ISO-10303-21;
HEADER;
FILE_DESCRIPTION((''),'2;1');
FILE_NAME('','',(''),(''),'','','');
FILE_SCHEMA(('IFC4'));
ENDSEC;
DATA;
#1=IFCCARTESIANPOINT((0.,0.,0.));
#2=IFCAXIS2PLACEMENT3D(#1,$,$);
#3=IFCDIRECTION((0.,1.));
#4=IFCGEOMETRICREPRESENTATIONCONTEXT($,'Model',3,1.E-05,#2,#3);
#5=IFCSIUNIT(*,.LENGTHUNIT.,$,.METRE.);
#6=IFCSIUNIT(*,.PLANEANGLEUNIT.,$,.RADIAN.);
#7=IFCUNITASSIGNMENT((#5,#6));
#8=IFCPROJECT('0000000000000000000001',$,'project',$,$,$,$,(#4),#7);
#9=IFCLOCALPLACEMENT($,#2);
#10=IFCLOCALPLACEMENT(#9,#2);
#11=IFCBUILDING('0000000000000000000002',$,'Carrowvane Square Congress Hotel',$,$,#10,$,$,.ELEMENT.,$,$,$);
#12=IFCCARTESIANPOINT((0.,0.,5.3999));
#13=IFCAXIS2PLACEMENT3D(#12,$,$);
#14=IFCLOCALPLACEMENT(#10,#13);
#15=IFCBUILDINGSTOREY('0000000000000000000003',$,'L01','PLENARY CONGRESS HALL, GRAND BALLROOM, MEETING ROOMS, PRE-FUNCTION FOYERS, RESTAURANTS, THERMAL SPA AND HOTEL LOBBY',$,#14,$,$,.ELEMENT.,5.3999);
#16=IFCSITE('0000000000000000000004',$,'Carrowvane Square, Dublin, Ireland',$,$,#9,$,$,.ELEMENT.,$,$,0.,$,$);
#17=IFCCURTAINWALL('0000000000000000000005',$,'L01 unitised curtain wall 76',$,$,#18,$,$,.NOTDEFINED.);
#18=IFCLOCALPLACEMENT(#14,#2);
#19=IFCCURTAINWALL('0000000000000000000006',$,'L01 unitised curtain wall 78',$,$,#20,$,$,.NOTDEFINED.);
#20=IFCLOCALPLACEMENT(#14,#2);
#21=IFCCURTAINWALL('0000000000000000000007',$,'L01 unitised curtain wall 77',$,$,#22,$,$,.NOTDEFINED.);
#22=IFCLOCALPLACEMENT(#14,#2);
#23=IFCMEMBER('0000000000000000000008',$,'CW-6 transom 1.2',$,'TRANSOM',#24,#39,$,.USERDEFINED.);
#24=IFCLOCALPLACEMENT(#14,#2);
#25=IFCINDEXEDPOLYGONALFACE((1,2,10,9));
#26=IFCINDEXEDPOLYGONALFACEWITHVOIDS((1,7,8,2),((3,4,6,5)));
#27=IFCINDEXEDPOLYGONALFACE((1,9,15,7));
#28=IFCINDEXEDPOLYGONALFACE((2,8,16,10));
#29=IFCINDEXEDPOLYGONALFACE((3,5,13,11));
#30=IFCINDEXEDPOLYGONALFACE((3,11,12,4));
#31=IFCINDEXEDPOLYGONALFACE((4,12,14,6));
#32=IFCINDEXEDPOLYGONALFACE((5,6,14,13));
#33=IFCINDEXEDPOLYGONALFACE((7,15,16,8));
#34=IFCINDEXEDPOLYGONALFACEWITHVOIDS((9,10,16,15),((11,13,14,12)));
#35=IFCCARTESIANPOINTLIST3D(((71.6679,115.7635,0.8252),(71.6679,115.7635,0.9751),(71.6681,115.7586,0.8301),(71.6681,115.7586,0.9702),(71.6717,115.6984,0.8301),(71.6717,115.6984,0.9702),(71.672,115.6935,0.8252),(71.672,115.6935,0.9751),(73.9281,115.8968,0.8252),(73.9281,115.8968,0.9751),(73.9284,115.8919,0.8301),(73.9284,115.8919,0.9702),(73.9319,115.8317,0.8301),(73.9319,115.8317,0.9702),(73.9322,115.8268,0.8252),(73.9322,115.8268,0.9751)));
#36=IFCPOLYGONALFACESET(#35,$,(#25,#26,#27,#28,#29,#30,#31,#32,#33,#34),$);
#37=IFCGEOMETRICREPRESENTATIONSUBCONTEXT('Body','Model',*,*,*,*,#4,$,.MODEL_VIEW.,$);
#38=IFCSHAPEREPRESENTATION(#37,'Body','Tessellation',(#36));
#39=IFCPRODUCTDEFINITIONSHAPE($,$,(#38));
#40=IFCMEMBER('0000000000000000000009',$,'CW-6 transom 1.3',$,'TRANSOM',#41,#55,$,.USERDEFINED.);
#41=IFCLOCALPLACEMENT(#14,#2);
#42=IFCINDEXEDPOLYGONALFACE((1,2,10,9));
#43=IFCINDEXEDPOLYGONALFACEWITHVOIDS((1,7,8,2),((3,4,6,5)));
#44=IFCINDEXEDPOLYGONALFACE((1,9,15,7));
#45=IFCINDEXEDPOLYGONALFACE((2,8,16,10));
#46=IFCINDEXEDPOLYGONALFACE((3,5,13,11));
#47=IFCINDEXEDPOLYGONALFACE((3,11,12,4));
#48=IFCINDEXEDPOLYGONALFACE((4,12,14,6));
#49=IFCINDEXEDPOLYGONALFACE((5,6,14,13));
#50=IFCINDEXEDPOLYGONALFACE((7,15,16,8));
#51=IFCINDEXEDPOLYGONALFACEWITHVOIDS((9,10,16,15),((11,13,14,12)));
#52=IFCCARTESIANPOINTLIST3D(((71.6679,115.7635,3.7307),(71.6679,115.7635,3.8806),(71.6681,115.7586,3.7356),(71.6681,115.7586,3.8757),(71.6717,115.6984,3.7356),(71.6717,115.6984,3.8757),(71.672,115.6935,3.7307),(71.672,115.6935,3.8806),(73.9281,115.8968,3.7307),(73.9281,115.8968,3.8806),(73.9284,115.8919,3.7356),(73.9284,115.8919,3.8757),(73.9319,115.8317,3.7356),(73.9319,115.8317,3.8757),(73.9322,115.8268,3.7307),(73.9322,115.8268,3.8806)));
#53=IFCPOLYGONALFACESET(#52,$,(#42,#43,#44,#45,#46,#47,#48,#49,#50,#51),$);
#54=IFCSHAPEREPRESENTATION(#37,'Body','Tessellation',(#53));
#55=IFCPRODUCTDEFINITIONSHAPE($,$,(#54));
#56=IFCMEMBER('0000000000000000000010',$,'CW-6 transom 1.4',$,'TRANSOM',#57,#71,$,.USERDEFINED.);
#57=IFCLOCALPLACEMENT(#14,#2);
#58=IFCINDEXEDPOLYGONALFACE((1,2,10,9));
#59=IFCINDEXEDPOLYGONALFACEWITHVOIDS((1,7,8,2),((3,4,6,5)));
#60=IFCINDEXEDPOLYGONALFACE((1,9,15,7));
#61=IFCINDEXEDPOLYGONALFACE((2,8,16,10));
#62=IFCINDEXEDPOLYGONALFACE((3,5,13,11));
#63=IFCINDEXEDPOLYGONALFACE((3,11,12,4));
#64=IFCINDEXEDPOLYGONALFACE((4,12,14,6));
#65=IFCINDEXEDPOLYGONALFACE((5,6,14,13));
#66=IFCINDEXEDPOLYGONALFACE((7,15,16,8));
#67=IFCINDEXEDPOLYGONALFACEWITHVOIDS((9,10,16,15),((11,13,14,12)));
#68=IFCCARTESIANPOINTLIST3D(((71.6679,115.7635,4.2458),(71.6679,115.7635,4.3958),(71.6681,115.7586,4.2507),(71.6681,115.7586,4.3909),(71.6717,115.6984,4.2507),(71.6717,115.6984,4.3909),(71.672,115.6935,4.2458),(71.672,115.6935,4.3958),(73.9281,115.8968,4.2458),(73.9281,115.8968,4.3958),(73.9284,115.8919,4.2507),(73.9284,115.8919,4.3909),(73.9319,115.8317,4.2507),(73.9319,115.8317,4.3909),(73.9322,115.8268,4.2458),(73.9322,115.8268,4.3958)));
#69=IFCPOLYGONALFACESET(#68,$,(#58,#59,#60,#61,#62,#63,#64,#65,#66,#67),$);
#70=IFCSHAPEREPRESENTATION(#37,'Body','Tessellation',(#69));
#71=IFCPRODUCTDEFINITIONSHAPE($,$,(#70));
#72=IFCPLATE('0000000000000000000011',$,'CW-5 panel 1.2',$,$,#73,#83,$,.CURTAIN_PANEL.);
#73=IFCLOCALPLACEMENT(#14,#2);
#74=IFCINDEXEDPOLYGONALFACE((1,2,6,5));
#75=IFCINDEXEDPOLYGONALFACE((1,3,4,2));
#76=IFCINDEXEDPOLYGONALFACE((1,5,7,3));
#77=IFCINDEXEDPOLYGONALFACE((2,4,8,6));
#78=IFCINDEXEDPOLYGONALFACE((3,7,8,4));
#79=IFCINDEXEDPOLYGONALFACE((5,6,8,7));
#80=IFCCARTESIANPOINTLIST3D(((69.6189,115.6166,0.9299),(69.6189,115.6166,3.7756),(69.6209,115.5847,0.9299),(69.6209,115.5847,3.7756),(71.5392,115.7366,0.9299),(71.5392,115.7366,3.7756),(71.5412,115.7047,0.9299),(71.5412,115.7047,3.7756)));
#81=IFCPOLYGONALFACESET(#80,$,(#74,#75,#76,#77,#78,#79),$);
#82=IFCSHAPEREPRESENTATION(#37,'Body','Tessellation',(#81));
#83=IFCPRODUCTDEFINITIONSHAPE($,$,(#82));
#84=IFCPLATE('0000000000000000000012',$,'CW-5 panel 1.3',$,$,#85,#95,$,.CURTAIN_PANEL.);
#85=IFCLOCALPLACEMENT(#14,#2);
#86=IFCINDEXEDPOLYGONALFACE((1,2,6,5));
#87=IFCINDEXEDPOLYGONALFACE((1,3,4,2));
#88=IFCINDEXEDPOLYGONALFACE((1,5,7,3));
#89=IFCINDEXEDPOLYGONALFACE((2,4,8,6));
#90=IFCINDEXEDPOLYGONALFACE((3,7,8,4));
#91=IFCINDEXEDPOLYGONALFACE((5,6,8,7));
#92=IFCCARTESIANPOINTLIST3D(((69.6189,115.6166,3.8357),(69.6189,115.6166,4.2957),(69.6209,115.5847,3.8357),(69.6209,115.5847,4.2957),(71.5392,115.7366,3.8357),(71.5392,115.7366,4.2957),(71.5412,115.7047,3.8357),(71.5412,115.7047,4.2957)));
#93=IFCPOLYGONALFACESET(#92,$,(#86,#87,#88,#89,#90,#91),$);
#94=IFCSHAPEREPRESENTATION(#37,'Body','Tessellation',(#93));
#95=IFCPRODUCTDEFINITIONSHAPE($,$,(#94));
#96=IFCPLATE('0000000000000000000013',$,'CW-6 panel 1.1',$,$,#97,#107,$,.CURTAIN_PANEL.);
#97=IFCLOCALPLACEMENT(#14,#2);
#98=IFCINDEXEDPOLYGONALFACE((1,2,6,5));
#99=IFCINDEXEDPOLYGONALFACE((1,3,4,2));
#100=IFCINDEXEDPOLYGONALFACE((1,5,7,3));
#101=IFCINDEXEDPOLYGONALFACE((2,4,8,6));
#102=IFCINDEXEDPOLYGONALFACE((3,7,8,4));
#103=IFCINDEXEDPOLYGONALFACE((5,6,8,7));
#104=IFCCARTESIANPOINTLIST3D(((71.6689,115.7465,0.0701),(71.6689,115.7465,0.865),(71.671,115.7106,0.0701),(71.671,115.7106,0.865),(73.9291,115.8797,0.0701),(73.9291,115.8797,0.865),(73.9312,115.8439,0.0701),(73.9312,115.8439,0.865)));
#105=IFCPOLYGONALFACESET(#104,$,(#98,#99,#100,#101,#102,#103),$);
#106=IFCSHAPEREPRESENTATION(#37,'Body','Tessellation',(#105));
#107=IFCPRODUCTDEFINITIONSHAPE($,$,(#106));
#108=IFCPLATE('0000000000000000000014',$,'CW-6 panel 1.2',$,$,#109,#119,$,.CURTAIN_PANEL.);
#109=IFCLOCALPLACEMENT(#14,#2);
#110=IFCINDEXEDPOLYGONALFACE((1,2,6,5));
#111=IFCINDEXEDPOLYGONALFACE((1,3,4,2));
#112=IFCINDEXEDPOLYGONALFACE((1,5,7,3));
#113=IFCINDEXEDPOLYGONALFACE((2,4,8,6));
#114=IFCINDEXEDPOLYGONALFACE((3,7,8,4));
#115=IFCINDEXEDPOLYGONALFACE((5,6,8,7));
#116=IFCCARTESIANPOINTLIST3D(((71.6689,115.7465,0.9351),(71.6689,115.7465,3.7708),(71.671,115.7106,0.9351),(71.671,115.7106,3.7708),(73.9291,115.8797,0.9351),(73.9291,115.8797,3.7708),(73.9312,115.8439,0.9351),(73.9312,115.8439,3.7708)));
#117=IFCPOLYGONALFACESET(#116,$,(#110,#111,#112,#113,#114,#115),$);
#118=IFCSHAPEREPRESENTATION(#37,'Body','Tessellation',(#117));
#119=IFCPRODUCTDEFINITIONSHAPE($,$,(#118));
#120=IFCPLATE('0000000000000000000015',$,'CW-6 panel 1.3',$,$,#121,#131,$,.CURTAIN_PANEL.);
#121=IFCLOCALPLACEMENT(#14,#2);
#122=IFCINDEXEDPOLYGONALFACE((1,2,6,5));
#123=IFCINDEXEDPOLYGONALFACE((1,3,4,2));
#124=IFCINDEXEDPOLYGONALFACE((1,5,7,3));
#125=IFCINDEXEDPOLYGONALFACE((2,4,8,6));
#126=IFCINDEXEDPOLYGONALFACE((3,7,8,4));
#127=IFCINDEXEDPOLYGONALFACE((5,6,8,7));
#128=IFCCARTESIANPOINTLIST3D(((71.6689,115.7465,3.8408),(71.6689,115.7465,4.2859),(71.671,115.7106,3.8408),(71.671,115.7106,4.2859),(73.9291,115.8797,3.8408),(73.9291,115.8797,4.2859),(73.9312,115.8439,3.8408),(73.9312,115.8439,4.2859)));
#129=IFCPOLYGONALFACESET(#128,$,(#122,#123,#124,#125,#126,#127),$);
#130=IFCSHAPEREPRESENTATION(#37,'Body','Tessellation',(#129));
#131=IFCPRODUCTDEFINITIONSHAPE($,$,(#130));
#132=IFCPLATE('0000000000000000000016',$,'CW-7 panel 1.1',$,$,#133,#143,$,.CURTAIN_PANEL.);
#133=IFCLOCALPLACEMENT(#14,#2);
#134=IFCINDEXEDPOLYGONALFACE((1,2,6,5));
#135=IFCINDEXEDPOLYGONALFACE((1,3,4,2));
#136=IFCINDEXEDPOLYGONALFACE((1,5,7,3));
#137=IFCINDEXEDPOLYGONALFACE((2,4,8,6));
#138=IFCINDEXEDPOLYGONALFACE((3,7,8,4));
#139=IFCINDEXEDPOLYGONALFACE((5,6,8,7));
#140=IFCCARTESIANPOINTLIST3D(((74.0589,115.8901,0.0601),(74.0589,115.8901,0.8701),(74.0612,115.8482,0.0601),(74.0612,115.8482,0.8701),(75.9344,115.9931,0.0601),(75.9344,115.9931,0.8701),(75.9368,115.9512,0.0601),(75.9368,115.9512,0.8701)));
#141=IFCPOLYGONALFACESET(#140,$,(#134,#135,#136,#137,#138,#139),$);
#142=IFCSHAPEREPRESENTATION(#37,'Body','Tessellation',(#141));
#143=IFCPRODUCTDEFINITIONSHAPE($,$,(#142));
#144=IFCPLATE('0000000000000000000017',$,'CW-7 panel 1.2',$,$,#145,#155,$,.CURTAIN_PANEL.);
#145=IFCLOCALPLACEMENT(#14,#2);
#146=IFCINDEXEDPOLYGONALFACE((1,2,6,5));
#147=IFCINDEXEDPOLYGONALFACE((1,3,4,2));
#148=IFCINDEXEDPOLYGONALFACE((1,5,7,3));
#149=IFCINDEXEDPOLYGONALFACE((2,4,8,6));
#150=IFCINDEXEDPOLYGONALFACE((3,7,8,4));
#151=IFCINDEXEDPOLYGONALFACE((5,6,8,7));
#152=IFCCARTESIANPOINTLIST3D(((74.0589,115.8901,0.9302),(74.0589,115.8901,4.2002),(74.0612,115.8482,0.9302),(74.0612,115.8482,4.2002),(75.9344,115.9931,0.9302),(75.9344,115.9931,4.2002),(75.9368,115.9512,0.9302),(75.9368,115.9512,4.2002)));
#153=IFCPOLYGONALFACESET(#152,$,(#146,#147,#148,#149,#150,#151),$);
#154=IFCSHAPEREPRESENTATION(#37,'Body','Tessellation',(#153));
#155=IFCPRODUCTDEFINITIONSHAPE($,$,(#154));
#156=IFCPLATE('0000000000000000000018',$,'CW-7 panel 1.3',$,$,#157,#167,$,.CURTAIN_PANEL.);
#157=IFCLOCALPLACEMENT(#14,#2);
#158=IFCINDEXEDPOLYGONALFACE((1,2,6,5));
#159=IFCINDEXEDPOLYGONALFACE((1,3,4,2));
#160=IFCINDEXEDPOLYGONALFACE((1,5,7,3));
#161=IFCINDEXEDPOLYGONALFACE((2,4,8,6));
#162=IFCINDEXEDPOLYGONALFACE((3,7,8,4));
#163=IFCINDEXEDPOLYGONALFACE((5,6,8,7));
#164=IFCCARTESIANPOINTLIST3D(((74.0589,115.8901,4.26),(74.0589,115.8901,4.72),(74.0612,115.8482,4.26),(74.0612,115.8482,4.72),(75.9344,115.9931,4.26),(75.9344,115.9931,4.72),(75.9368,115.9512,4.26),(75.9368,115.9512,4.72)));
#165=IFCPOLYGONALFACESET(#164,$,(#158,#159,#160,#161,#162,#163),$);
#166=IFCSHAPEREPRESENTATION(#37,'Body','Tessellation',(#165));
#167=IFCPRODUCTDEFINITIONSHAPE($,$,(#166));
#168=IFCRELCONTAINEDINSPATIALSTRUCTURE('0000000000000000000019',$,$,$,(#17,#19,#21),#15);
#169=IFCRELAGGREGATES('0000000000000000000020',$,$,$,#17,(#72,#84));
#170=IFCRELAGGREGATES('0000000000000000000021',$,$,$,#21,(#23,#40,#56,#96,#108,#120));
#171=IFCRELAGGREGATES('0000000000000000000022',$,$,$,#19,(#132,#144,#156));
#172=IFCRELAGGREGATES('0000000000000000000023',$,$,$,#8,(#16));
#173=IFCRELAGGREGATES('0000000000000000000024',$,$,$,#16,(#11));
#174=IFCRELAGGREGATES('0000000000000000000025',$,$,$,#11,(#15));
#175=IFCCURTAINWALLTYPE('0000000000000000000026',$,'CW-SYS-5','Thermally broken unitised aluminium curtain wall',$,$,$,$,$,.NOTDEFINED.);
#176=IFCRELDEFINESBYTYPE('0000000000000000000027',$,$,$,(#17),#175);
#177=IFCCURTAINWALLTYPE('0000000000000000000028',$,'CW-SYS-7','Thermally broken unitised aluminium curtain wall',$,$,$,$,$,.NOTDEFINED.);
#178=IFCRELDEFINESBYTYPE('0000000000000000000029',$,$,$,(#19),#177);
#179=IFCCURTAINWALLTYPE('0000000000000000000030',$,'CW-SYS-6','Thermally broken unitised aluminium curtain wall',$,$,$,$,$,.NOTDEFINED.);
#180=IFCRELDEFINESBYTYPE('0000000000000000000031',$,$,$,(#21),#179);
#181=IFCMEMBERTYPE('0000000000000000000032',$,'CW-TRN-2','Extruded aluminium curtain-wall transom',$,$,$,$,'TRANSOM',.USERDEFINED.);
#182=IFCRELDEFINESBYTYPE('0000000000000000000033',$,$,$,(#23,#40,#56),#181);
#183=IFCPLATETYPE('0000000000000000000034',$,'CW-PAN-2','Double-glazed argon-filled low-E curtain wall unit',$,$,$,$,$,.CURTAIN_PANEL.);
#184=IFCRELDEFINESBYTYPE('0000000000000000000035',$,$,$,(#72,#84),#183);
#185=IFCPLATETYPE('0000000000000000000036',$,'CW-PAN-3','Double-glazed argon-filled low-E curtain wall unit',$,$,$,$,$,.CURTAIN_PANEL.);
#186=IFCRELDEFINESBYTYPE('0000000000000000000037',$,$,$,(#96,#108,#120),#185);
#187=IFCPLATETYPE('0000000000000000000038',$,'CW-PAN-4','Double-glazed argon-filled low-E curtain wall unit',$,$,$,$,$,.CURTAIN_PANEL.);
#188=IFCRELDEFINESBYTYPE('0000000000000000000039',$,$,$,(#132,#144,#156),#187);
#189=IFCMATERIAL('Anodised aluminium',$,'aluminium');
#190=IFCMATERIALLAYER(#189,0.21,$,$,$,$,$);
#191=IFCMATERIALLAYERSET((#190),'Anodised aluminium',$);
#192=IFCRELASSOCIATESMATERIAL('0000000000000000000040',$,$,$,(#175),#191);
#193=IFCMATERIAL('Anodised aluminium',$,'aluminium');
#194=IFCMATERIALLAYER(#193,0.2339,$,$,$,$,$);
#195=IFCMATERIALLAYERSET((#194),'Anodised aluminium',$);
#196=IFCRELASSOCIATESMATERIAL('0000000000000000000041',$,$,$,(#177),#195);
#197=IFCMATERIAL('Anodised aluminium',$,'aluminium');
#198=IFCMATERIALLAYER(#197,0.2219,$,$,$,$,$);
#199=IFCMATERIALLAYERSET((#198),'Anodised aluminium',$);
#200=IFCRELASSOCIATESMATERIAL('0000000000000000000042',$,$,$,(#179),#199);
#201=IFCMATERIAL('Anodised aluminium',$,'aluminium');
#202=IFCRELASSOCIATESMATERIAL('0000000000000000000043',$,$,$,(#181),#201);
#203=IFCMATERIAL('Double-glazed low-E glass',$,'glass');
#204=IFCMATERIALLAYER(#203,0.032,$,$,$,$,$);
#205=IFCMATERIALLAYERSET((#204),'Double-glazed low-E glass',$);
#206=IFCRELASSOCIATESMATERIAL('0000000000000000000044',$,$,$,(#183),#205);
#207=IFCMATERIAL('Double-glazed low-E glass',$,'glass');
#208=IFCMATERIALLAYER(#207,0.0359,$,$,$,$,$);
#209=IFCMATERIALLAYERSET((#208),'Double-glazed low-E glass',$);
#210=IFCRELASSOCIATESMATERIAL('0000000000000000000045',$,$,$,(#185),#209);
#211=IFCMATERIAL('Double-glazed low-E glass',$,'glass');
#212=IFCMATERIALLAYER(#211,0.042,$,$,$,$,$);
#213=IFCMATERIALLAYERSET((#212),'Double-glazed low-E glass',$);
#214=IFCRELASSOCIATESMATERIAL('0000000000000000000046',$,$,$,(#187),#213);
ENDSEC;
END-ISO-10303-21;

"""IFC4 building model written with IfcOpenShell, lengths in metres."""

from ifc_helpers import new_model, si_unit, direction, frame, origin, origin_2d, place, context, subcontext, project, spatial, rectangle, hollow_rectangle, extrude, material, layer, layer_set, material_profile, profile_set, type_object, element, aggregate, save


model = new_model("IFC4")

# Units and contexts
model_context = context("Model", 3, precision=1e-05, world=origin(), true_north=direction((0.0, 1.0)))
body_context = subcontext(model_context, "Body", "Model", "MODEL_VIEW")
ifc_project = project(units=[si_unit("LENGTHUNIT", "METRE"), si_unit("PLANEANGLEUNIT", "RADIAN")], contexts=[model_context])

# Site, building, storey
site_placement = place(None, origin())
site = spatial("IfcSite", under=ifc_project, at=site_placement, Name="Carrowvane Square, Dublin, Ireland", CompositionType="ELEMENT", RefElevation=0.0)
building_placement = place(site_placement, origin())
building = spatial("IfcBuilding", under=site, at=building_placement, Name="Carrowvane Square Congress Hotel", CompositionType="ELEMENT")
storey_placement = place(building_placement, frame((0.0, 0.0, 5.3999)))
storey = spatial("IfcBuildingStorey", under=building, at=storey_placement, Name="L01", Description="PLENARY CONGRESS HALL, GRAND BALLROOM, MEETING ROOMS, PRE-FUNCTION FOYERS, RESTAURANTS, THERMAL SPA AND HOTEL LOBBY", CompositionType="ELEMENT", Elevation=5.3999)

# Curtain wall
ifc_material_1 = material(Name="Anodised aluminium", Category="aluminium")
ifc_layer_1 = layer(ifc_material_1, 0.21)
ifc_layer_set_1 = layer_set([ifc_layer_1], Name="Anodised aluminium")
curtain_wall_type_1 = type_object("IfcCurtainWallType", Name="CW-SYS-5", Description="Thermally broken unitised aluminium curtain wall", PredefinedType="NOTDEFINED", material=ifc_layer_set_1)
curtain_wall_1_placement = place(storey_placement, origin())
curtain_wall_1 = element("IfcCurtainWall", 1, at=curtain_wall_1_placement, inside=storey, type_object=curtain_wall_type_1, Name="L01 unitised curtain wall 76", PredefinedType="NOTDEFINED")

# Curtain walls
ifc_material_2 = material(Name="Anodised aluminium", Category="aluminium")
ifc_layer_2 = layer(ifc_material_2, 0.2339)
ifc_layer_set_2 = layer_set([ifc_layer_2], Name="Anodised aluminium")
curtain_wall_type_2 = type_object("IfcCurtainWallType", Name="CW-SYS-7", Description="Thermally broken unitised aluminium curtain wall", PredefinedType="NOTDEFINED", material=ifc_layer_set_2)
curtain_wall_2_placement = place(storey_placement, origin())
curtain_wall_2 = element("IfcCurtainWall", 2, at=curtain_wall_2_placement, inside=storey, type_object=curtain_wall_type_2, Name="L01 unitised curtain wall 78", PredefinedType="NOTDEFINED")
ifc_material_3 = material(Name="Anodised aluminium", Category="aluminium")
ifc_layer_3 = layer(ifc_material_3, 0.2219)
ifc_layer_set_3 = layer_set([ifc_layer_3], Name="Anodised aluminium")
curtain_wall_type_3 = type_object("IfcCurtainWallType", Name="CW-SYS-6", Description="Thermally broken unitised aluminium curtain wall", PredefinedType="NOTDEFINED", material=ifc_layer_set_3)
curtain_wall_3_placement = place(storey_placement, origin())
curtain_wall_3 = element("IfcCurtainWall", 3, at=curtain_wall_3_placement, inside=storey, type_object=curtain_wall_type_3, Name="L01 unitised curtain wall 77", PredefinedType="NOTDEFINED")

# Members
ifc_material_4 = material(Name="Anodised aluminium", Category="aluminium")
ifc_material_profile_1 = material_profile(ifc_material_4, hollow_rectangle(XDim=0.0701, YDim=0.1499, WallThickness=0.0049, at=origin_2d()), Name="CW-TR 70x150x5")
ifc_profile_set_1 = profile_set([ifc_material_profile_1], Name="Anodised aluminium")
member_type_1 = type_object("IfcMemberType", Name="CW-TRN-2", Description="Extruded aluminium curtain-wall transom", ElementType="TRANSOM", PredefinedType="USERDEFINED", material=ifc_profile_set_1)
member_1_placement = place(storey_placement, frame((71.6699, 115.7285, 0.9001), z_axis=(0.998265, 0.058874, 0.0), x_axis=(-0.058874, 0.998265, 0.0)))
member_1 = element("IfcMember", 4, at=member_1_placement, type_object=member_type_1, Name="CW-6 transom 1.2", ObjectType="TRANSOM", PredefinedType="USERDEFINED", context=body_context, shape_type="SweptSolid", body=[
    extrude(hollow_rectangle(XDim=0.0701, YDim=0.1499, WallThickness=0.0049, at=origin_2d()), origin(), (0.0, 0.0, 1.0), 2.2642),
])
member_2_placement = place(storey_placement, frame((71.6699, 115.7285, 3.8057), z_axis=(0.998265, 0.058874, 0.0), x_axis=(-0.058874, 0.998265, 0.0)))
member_2 = element("IfcMember", 5, at=member_2_placement, type_object=member_type_1, Name="CW-6 transom 1.3", ObjectType="TRANSOM", PredefinedType="USERDEFINED", context=body_context, shape_type="SweptSolid", body=[
    extrude(hollow_rectangle(XDim=0.0701, YDim=0.1499, WallThickness=0.0049, at=origin_2d()), origin(), (0.0, 0.0, 1.0), 2.2642),
])
member_3_placement = place(storey_placement, frame((71.6699, 115.7285, 4.3208), z_axis=(0.998265, 0.058874, 0.0), x_axis=(-0.058874, 0.998265, 0.0)))
member_3 = element("IfcMember", 6, at=member_3_placement, type_object=member_type_1, Name="CW-6 transom 1.4", ObjectType="TRANSOM", PredefinedType="USERDEFINED", context=body_context, shape_type="SweptSolid", body=[
    extrude(hollow_rectangle(XDim=0.0701, YDim=0.1499, WallThickness=0.0049, at=origin_2d()), origin(), (0.0, 0.0, 1.0), 2.2642),
])

# Plates
ifc_material_5 = material(Name="Double-glazed low-E glass", Category="glass")
ifc_layer_4 = layer(ifc_material_5, 0.032)
ifc_layer_set_4 = layer_set([ifc_layer_4], Name="Double-glazed low-E glass")
plate_type_1 = type_object("IfcPlateType", Name="CW-PAN-2", Description="Double-glazed argon-filled low-E curtain wall unit", PredefinedType="CURTAIN_PANEL", material=ifc_layer_set_4)
plate_1_placement = place(storey_placement, frame((70.5801, 115.6606, 0.9299), z_axis=(0.0, 0.0, 1.0), x_axis=(0.998051, 0.062397, 0.0)))
plate_1 = element("IfcPlate", 7, at=plate_1_placement, type_object=plate_type_1, Name="CW-5 panel 1.2", PredefinedType="CURTAIN_PANEL", context=body_context, shape_type="SweptSolid", body=[
    extrude(rectangle(XDim=1.9241, YDim=0.032, at=origin_2d()), origin(), (0.0, 0.0, 1.0), 2.8457),
])
plate_2_placement = place(storey_placement, frame((70.5801, 115.6606, 3.8357), z_axis=(0.0, 0.0, 1.0), x_axis=(0.998051, 0.062397, 0.0)))
plate_2 = element("IfcPlate", 8, at=plate_2_placement, type_object=plate_type_1, Name="CW-5 panel 1.3", PredefinedType="CURTAIN_PANEL", context=body_context, shape_type="SweptSolid", body=[
    extrude(rectangle(XDim=1.9241, YDim=0.032, at=origin_2d()), origin(), (0.0, 0.0, 1.0), 0.46),
])
aggregate(curtain_wall_1, [plate_1, plate_2])
ifc_material_6 = material(Name="Double-glazed low-E glass", Category="glass")
ifc_layer_5 = layer(ifc_material_6, 0.0359)
ifc_layer_set_5 = layer_set([ifc_layer_5], Name="Double-glazed low-E glass")
plate_type_2 = type_object("IfcPlateType", Name="CW-PAN-3", Description="Double-glazed argon-filled low-E curtain wall unit", PredefinedType="CURTAIN_PANEL", material=ifc_layer_set_5)
plate_3_placement = place(storey_placement, frame((72.8, 115.7952, 0.0701), z_axis=(0.0, 0.0, 1.0), x_axis=(0.998267, 0.058851, 0.0)))
plate_3 = element("IfcPlate", 9, at=plate_3_placement, type_object=plate_type_2, Name="CW-6 panel 1.1", PredefinedType="CURTAIN_PANEL", context=body_context, shape_type="SweptSolid", body=[
    extrude(rectangle(XDim=2.2642, YDim=0.0359, at=origin_2d()), origin(), (0.0, 0.0, 1.0), 0.7949),
])
plate_4_placement = place(storey_placement, frame((72.8, 115.7952, 0.9351), z_axis=(0.0, 0.0, 1.0), x_axis=(0.998267, 0.058851, 0.0)))
plate_4 = element("IfcPlate", 10, at=plate_4_placement, type_object=plate_type_2, Name="CW-6 panel 1.2", PredefinedType="CURTAIN_PANEL", context=body_context, shape_type="SweptSolid", body=[
    extrude(rectangle(XDim=2.2642, YDim=0.0359, at=origin_2d()), origin(), (0.0, 0.0, 1.0), 2.8357),
])
plate_5_placement = place(storey_placement, frame((72.8, 115.7952, 3.8408), z_axis=(0.0, 0.0, 1.0), x_axis=(0.998267, 0.058851, 0.0)))
plate_5 = element("IfcPlate", 11, at=plate_5_placement, type_object=plate_type_2, Name="CW-6 panel 1.3", PredefinedType="CURTAIN_PANEL", context=body_context, shape_type="SweptSolid", body=[
    extrude(rectangle(XDim=2.2642, YDim=0.0359, at=origin_2d()), origin(), (0.0, 0.0, 1.0), 0.4451),
])
aggregate(curtain_wall_3, [member_1, member_2, member_3, plate_3, plate_4, plate_5])
ifc_material_7 = material(Name="Double-glazed low-E glass", Category="glass")
ifc_layer_6 = layer(ifc_material_7, 0.042)
ifc_layer_set_6 = layer_set([ifc_layer_6], Name="Double-glazed low-E glass")
plate_type_3 = type_object("IfcPlateType", Name="CW-PAN-4", Description="Double-glazed argon-filled low-E curtain wall unit", PredefinedType="CURTAIN_PANEL", material=ifc_layer_set_6)
plate_6_placement = place(storey_placement, frame((74.9978, 115.9207, 0.0601), z_axis=(0.0, 0.0, 1.0), x_axis=(0.998496, 0.054816, 0.0)))
plate_6 = element("IfcPlate", 12, at=plate_6_placement, type_object=plate_type_3, Name="CW-7 panel 1.1", PredefinedType="CURTAIN_PANEL", context=body_context, shape_type="SweptSolid", body=[
    extrude(rectangle(XDim=1.8784, YDim=0.042, at=origin_2d()), origin(), (0.0, 0.0, 1.0), 0.8101),
])
plate_7_placement = place(storey_placement, frame((74.9978, 115.9207, 0.9302), z_axis=(0.0, 0.0, 1.0), x_axis=(0.998496, 0.054816, 0.0)))
plate_7 = element("IfcPlate", 13, at=plate_7_placement, type_object=plate_type_3, Name="CW-7 panel 1.2", PredefinedType="CURTAIN_PANEL", context=body_context, shape_type="SweptSolid", body=[
    extrude(rectangle(XDim=1.8784, YDim=0.042, at=origin_2d()), origin(), (0.0, 0.0, 1.0), 3.27),
])
plate_8_placement = place(storey_placement, frame((74.9978, 115.9207, 4.26), z_axis=(0.0, 0.0, 1.0), x_axis=(0.998496, 0.054816, 0.0)))
plate_8 = element("IfcPlate", 14, at=plate_8_placement, type_object=plate_type_3, Name="CW-7 panel 1.3", PredefinedType="CURTAIN_PANEL", context=body_context, shape_type="SweptSolid", body=[
    extrude(rectangle(XDim=1.8784, YDim=0.042, at=origin_2d()), origin(), (0.0, 0.0, 1.0), 0.46),
])
aggregate(curtain_wall_2, [plate_6, plate_7, plate_8])

save(model, "model.ifc")
